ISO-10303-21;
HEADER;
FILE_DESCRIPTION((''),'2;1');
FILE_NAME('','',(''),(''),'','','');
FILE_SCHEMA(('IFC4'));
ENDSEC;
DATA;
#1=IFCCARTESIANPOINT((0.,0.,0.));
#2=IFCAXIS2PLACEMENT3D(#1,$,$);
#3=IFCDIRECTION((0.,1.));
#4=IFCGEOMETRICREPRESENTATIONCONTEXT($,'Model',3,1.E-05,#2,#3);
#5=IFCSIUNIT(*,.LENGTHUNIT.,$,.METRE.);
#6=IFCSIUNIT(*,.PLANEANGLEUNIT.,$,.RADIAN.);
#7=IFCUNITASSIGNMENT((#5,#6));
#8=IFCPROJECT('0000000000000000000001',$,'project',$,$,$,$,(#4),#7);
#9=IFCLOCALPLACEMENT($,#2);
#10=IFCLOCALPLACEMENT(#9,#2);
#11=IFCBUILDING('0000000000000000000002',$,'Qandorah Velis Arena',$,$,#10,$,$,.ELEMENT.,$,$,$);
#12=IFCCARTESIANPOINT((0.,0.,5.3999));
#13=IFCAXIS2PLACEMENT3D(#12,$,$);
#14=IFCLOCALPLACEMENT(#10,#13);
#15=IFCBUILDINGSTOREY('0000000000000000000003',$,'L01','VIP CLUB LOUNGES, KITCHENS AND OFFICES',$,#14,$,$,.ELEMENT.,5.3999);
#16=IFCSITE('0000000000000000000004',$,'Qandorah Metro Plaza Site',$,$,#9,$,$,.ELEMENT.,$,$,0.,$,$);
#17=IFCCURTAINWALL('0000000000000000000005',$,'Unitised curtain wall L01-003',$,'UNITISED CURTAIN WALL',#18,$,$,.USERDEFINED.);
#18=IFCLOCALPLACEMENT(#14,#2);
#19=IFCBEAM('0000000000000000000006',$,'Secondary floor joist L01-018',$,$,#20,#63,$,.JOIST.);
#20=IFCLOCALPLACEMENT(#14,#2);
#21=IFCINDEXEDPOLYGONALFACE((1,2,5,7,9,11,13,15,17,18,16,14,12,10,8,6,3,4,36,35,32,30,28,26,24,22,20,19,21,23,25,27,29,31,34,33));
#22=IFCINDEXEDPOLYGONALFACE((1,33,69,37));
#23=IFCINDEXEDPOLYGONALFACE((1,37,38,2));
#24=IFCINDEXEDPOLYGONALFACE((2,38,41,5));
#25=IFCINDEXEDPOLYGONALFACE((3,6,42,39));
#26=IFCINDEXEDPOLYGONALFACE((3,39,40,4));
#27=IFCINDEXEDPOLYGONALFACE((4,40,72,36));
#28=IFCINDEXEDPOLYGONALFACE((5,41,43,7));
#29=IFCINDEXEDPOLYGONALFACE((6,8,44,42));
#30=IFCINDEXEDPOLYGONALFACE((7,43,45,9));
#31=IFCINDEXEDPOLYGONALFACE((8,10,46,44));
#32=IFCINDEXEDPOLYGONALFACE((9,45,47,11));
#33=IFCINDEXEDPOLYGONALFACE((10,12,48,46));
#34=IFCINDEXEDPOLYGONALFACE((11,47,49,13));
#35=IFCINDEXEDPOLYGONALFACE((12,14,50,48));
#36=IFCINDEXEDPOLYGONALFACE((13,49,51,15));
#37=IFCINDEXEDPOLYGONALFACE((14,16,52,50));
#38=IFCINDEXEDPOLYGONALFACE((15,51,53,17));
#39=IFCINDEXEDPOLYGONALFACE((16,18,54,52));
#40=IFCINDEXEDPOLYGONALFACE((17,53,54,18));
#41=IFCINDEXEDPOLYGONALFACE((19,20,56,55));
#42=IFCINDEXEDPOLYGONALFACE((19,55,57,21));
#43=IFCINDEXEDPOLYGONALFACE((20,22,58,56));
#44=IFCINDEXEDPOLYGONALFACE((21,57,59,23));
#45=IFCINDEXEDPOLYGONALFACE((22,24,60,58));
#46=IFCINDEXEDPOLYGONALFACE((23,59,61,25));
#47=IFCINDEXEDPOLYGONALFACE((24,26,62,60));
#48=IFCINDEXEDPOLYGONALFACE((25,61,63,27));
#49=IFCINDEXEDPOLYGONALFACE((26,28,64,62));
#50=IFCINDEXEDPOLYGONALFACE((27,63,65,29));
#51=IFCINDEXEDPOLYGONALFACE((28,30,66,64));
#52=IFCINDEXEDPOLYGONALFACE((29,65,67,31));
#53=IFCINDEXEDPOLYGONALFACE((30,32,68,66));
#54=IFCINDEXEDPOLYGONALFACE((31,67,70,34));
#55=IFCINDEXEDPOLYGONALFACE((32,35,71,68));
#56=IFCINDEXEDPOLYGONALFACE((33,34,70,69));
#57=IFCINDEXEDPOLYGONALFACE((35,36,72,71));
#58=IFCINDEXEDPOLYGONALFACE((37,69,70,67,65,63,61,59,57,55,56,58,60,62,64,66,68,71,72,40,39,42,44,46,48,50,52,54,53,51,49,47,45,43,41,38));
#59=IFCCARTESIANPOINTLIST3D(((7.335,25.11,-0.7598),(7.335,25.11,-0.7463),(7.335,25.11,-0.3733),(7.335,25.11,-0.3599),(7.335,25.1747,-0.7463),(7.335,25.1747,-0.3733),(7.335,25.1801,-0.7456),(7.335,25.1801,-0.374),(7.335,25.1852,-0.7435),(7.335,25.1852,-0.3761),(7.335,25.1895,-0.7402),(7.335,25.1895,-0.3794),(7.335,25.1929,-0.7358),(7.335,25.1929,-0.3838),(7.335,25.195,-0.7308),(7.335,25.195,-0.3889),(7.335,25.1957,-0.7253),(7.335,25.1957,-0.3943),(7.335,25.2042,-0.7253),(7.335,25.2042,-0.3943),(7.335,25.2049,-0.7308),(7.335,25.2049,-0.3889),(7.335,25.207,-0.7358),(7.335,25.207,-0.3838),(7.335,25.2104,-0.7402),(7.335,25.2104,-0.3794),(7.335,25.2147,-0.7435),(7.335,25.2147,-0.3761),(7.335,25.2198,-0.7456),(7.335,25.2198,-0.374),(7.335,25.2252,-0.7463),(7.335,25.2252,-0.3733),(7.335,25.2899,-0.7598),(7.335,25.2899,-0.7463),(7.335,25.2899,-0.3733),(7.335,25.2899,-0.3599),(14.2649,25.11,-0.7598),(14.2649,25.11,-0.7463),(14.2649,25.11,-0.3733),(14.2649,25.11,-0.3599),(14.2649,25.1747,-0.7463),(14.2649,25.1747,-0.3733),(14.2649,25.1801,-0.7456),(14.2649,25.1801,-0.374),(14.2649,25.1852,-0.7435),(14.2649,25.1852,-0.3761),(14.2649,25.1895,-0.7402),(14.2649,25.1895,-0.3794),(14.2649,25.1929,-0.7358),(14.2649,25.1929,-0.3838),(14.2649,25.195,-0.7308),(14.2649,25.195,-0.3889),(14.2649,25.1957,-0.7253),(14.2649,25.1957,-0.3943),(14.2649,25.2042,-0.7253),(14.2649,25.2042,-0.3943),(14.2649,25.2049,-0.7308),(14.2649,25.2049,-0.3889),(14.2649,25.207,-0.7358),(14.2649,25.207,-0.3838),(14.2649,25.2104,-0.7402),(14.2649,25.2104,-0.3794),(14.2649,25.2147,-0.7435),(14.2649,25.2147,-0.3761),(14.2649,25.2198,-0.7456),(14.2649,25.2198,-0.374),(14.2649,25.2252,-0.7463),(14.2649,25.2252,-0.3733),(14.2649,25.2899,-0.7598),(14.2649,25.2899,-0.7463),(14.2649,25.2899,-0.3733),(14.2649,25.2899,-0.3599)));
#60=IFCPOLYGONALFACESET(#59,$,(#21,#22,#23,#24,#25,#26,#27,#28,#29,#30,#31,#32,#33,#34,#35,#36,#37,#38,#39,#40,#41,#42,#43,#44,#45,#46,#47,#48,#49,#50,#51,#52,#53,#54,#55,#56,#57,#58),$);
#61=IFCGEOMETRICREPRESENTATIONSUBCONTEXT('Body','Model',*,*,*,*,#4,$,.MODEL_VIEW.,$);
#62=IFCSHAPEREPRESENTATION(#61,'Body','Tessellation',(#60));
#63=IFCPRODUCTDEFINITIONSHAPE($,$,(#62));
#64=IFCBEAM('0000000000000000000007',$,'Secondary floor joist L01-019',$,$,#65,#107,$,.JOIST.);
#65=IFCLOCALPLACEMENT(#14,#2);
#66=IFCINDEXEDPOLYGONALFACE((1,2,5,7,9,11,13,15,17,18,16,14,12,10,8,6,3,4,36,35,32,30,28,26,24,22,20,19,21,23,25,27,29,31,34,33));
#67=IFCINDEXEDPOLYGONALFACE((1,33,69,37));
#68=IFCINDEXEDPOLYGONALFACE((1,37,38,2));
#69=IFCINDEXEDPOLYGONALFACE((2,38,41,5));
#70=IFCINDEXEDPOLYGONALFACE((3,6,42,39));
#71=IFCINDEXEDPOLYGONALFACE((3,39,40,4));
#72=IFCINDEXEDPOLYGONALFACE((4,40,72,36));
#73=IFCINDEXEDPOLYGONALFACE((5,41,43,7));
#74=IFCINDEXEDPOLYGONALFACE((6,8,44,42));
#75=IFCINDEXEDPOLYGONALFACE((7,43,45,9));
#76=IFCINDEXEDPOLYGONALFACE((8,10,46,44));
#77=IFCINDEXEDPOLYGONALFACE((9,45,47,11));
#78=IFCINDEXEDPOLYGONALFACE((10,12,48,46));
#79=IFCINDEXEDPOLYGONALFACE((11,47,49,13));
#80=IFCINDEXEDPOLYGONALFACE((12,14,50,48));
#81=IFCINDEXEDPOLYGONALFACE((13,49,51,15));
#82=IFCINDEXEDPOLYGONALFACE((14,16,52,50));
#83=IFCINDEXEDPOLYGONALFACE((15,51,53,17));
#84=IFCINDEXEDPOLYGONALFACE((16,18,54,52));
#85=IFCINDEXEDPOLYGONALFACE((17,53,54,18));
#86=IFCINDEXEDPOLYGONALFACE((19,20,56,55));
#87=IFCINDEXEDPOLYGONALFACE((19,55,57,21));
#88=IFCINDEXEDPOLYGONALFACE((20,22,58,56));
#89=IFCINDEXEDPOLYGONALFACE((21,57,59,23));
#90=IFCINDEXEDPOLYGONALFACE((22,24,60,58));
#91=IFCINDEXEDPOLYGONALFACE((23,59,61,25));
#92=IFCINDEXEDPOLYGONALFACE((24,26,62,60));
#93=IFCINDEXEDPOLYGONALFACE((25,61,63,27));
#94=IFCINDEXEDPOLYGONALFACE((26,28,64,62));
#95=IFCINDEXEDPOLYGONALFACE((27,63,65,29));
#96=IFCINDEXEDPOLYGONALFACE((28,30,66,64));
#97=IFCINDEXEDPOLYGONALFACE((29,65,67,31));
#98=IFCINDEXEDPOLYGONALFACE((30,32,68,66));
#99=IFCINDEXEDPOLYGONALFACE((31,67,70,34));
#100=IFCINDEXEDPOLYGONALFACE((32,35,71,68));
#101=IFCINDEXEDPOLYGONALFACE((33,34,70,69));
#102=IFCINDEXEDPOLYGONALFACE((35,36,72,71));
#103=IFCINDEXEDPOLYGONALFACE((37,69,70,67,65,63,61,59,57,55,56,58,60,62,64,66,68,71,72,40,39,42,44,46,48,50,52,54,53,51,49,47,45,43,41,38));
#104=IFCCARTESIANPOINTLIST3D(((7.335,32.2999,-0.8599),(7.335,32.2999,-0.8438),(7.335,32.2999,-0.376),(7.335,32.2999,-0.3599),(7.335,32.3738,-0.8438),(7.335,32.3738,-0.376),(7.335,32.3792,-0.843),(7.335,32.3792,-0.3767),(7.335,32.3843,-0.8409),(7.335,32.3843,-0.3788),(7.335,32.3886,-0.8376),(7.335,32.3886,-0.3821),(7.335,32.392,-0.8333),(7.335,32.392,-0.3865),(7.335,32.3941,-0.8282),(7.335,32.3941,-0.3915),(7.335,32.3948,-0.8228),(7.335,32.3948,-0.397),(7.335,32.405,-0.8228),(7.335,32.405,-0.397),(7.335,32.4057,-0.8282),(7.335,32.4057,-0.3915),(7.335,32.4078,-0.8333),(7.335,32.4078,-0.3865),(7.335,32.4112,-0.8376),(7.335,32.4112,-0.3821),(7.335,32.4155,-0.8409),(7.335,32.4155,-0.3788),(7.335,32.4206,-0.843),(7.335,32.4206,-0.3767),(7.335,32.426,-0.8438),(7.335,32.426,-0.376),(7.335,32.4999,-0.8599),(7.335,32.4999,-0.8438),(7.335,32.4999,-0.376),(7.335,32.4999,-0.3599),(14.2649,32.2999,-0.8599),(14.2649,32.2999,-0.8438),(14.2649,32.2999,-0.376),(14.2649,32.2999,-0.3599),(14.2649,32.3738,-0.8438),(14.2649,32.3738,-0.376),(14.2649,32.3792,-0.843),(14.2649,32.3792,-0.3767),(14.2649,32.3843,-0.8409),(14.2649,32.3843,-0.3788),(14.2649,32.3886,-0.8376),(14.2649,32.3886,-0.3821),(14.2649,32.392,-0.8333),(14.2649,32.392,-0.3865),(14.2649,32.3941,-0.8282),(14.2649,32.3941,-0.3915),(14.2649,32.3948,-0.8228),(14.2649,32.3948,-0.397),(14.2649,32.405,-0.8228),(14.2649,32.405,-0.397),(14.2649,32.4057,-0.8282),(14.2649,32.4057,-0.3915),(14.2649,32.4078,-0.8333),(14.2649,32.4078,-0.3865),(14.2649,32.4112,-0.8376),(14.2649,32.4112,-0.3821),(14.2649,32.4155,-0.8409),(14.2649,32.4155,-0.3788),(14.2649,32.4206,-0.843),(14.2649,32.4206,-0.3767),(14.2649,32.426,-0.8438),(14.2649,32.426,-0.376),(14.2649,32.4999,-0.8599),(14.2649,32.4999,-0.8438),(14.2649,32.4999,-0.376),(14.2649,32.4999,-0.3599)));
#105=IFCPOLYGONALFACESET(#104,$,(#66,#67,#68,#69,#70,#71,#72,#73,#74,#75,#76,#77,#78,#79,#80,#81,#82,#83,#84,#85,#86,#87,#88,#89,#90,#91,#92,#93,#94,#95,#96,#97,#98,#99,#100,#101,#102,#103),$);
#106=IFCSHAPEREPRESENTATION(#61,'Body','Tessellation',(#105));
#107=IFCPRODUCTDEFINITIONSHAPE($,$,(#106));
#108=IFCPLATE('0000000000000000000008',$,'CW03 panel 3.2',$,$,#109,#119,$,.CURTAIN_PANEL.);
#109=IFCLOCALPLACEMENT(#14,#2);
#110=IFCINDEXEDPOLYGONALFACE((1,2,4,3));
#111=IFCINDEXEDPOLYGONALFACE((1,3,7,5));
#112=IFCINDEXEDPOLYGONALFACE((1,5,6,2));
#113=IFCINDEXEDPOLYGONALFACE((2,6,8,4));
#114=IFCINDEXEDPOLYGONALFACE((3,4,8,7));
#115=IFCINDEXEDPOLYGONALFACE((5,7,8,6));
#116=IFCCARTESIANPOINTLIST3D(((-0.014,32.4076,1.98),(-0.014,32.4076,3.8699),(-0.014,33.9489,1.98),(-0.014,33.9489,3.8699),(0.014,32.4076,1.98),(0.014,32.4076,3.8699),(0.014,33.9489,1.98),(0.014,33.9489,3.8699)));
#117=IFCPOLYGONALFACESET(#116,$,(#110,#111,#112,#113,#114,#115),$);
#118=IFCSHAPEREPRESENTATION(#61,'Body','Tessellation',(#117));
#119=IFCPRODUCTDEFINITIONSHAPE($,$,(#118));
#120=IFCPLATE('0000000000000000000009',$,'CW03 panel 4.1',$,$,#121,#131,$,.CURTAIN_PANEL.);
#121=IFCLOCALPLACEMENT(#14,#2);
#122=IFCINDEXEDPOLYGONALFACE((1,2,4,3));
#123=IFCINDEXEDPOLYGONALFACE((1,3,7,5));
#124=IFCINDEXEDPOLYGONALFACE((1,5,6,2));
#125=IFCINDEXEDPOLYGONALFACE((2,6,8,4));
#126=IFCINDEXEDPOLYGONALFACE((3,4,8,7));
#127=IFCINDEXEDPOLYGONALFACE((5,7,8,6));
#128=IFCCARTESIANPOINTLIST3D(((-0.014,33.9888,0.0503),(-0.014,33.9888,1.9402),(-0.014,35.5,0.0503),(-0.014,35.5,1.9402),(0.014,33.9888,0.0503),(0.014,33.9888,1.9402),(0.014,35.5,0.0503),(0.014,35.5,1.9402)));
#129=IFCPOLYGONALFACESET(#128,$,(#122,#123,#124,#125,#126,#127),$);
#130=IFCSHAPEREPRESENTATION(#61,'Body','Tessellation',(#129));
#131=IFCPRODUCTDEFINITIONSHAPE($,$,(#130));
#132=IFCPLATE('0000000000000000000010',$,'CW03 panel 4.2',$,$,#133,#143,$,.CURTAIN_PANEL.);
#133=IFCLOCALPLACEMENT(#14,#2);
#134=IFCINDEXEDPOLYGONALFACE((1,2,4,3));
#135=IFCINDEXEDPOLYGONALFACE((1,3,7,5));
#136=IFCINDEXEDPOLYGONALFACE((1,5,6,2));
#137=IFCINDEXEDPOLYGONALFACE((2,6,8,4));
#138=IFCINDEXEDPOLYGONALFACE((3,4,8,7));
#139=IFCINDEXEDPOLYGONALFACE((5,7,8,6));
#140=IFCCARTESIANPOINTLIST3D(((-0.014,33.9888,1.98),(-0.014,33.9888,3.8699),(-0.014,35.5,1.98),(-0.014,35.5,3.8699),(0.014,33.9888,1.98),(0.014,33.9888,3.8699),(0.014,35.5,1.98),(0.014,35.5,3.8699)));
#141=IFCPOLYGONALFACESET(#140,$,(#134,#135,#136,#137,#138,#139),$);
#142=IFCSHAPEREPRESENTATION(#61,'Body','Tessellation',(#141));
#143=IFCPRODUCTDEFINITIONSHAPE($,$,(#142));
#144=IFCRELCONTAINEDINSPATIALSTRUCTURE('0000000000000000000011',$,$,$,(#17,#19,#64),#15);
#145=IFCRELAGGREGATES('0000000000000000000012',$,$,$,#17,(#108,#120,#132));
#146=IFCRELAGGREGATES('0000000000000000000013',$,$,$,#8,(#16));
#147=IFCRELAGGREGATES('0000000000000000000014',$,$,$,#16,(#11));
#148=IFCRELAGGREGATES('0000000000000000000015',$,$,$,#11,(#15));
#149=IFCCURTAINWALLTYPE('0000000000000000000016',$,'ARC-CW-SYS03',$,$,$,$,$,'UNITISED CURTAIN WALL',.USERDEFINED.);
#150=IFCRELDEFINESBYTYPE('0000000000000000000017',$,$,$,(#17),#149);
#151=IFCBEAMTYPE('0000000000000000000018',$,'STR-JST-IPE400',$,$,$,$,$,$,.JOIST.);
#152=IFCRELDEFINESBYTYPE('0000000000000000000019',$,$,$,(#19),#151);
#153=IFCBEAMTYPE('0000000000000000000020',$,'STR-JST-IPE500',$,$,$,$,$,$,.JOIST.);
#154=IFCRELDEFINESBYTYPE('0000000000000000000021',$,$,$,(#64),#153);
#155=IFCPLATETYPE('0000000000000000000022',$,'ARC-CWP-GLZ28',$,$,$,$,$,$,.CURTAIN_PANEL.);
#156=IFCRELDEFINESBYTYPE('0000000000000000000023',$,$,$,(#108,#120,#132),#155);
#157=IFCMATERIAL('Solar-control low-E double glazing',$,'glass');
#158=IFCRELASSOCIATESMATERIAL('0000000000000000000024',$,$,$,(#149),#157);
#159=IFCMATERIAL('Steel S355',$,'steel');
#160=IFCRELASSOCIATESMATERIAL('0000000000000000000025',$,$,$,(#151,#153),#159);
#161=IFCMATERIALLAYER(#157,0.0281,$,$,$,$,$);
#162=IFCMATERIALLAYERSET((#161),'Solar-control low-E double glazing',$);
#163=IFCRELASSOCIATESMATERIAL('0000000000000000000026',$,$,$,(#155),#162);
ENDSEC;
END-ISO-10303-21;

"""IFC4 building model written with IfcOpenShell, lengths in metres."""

from ifc_helpers import new_model, si_unit, direction, frame, origin, origin_2d, place, context, subcontext, project, spatial, rectangle, i_section, extrude, material, layer, layer_set, material_profile, profile_set, type_object, element, aggregate, save


model = new_model("IFC4")

# Units and contexts
model_context = context("Model", 3, precision=1e-05, world=origin(), true_north=direction((0.0, 1.0)))
body_context = subcontext(model_context, "Body", "Model", "MODEL_VIEW")
ifc_project = project(units=[si_unit("LENGTHUNIT", "METRE"), si_unit("PLANEANGLEUNIT", "RADIAN")], contexts=[model_context])

# Site, building, storey
site_placement = place(None, origin())
site = spatial("IfcSite", under=ifc_project, at=site_placement, Name="Qandorah Metro Plaza Site", CompositionType="ELEMENT", RefElevation=0.0)
building_placement = place(site_placement, origin())
building = spatial("IfcBuilding", under=site, at=building_placement, Name="Qandorah Velis Arena", CompositionType="ELEMENT")
storey_placement = place(building_placement, frame((0.0, 0.0, 5.3999)))
storey = spatial("IfcBuildingStorey", under=building, at=storey_placement, Name="L01", Description="VIP CLUB LOUNGES, KITCHENS AND OFFICES", CompositionType="ELEMENT", Elevation=5.3999)

# Curtain wall
ifc_material_1 = material(Name="Solar-control low-E double glazing", Category="glass")
curtain_wall_type = type_object("IfcCurtainWallType", Name="ARC-CW-SYS03", ElementType="UNITISED CURTAIN WALL", PredefinedType="USERDEFINED", material=ifc_material_1)
curtain_wall_placement = place(storey_placement, origin())
curtain_wall = element("IfcCurtainWall", 1, at=curtain_wall_placement, inside=storey, type_object=curtain_wall_type, Name="Unitised curtain wall L01-003", ObjectType="UNITISED CURTAIN WALL", PredefinedType="USERDEFINED")

# Beams
ifc_material_2 = material(Name="Steel S355", Category="steel")
ifc_material_profile_1 = material_profile(ifc_material_2, i_section(OverallWidth=0.1799, OverallDepth=0.3999, WebThickness=0.0085, FlangeThickness=0.0134, FilletRadius=0.021, at=origin_2d()), Name="IPE 400")
ifc_profile_set_1 = profile_set([ifc_material_profile_1], Name="Steel S355")
beam_type_1 = type_object("IfcBeamType", Name="STR-JST-IPE400", PredefinedType="JOIST", material=ifc_profile_set_1)
for number, where, z_axis, x_axis, name in (
    (2, (7.335, 25.2, -0.5598), (1.0, 0.0, 0.0), (0.0, 1.0, 0.0), "Secondary floor joist L01-018"),
):
    element("IfcBeam", number, at=place(storey_placement, frame(where, z_axis=z_axis, x_axis=x_axis)), inside=storey, type_object=beam_type_1, Name=name, PredefinedType="JOIST", context=body_context, shape_type="SweptSolid", body=[
        extrude(i_section(OverallWidth=0.1799, OverallDepth=0.3999, WebThickness=0.0085, FlangeThickness=0.0134, FilletRadius=0.021, at=origin_2d()), origin(), (0.0, 0.0, 1.0), 6.9299),
    ])
ifc_material_profile_2 = material_profile(ifc_material_2, i_section(OverallWidth=0.2, OverallDepth=0.5, WebThickness=0.0103, FlangeThickness=0.0161, FilletRadius=0.021, at=origin_2d()), Name="IPE 500")
ifc_profile_set_2 = profile_set([ifc_material_profile_2], Name="Steel S355")
beam_type_2 = type_object("IfcBeamType", Name="STR-JST-IPE500", PredefinedType="JOIST", material=ifc_profile_set_2)
beam_1_placement = place(storey_placement, frame((7.335, 32.3999, -0.6099), z_axis=(1.0, 0.0, 0.0), x_axis=(0.0, 1.0, 0.0)))
element("IfcBeam", 3, at=beam_1_placement, inside=storey, type_object=beam_type_2, Name="Secondary floor joist L01-019", PredefinedType="JOIST", context=body_context, shape_type="SweptSolid", body=[
    extrude(i_section(OverallWidth=0.2, OverallDepth=0.5, WebThickness=0.0103, FlangeThickness=0.0161, FilletRadius=0.021, at=origin_2d()), origin(), (0.0, 0.0, 1.0), 6.9299),
])

# Plates
ifc_layer = layer(ifc_material_1, 0.0281)
ifc_layer_set = layer_set([ifc_layer], Name="Solar-control low-E double glazing")
plate_type = type_object("IfcPlateType", Name="ARC-CWP-GLZ28", PredefinedType="CURTAIN_PANEL", material=ifc_layer_set)
plate_1_placement = place(storey_placement, frame((0.0, 33.1782, 1.98), z_axis=(0.0, 0.0, 1.0), x_axis=(0.0, 1.0, 0.0)))
plate_1 = element("IfcPlate", 4, at=plate_1_placement, type_object=plate_type, Name="CW03 panel 3.2", PredefinedType="CURTAIN_PANEL", context=body_context, shape_type="SweptSolid", body=[
    extrude(rectangle(XDim=1.5413, YDim=0.0281, at=origin_2d()), origin(), (0.0, 0.0, 1.0), 1.8899),
])
plate_2_placement = place(storey_placement, frame((0.0, 34.7444, 0.0503), z_axis=(0.0, 0.0, 1.0), x_axis=(0.0, 1.0, 0.0)))
plate_2 = element("IfcPlate", 5, at=plate_2_placement, type_object=plate_type, Name="CW03 panel 4.1", PredefinedType="CURTAIN_PANEL", context=body_context, shape_type="SweptSolid", body=[
    extrude(rectangle(XDim=1.5112, YDim=0.0281, at=origin_2d()), origin(), (0.0, 0.0, 1.0), 1.8899),
])
plate_3_placement = place(storey_placement, frame((0.0, 34.7444, 1.98), z_axis=(0.0, 0.0, 1.0), x_axis=(0.0, 1.0, 0.0)))
plate_3 = element("IfcPlate", 6, at=plate_3_placement, type_object=plate_type, Name="CW03 panel 4.2", PredefinedType="CURTAIN_PANEL", context=body_context, shape_type="SweptSolid", body=[
    extrude(rectangle(XDim=1.5112, YDim=0.0281, at=origin_2d()), origin(), (0.0, 0.0, 1.0), 1.8899),
])
aggregate(curtain_wall, [plate_1, plate_2, plate_3])

save(model, "model.ifc")
